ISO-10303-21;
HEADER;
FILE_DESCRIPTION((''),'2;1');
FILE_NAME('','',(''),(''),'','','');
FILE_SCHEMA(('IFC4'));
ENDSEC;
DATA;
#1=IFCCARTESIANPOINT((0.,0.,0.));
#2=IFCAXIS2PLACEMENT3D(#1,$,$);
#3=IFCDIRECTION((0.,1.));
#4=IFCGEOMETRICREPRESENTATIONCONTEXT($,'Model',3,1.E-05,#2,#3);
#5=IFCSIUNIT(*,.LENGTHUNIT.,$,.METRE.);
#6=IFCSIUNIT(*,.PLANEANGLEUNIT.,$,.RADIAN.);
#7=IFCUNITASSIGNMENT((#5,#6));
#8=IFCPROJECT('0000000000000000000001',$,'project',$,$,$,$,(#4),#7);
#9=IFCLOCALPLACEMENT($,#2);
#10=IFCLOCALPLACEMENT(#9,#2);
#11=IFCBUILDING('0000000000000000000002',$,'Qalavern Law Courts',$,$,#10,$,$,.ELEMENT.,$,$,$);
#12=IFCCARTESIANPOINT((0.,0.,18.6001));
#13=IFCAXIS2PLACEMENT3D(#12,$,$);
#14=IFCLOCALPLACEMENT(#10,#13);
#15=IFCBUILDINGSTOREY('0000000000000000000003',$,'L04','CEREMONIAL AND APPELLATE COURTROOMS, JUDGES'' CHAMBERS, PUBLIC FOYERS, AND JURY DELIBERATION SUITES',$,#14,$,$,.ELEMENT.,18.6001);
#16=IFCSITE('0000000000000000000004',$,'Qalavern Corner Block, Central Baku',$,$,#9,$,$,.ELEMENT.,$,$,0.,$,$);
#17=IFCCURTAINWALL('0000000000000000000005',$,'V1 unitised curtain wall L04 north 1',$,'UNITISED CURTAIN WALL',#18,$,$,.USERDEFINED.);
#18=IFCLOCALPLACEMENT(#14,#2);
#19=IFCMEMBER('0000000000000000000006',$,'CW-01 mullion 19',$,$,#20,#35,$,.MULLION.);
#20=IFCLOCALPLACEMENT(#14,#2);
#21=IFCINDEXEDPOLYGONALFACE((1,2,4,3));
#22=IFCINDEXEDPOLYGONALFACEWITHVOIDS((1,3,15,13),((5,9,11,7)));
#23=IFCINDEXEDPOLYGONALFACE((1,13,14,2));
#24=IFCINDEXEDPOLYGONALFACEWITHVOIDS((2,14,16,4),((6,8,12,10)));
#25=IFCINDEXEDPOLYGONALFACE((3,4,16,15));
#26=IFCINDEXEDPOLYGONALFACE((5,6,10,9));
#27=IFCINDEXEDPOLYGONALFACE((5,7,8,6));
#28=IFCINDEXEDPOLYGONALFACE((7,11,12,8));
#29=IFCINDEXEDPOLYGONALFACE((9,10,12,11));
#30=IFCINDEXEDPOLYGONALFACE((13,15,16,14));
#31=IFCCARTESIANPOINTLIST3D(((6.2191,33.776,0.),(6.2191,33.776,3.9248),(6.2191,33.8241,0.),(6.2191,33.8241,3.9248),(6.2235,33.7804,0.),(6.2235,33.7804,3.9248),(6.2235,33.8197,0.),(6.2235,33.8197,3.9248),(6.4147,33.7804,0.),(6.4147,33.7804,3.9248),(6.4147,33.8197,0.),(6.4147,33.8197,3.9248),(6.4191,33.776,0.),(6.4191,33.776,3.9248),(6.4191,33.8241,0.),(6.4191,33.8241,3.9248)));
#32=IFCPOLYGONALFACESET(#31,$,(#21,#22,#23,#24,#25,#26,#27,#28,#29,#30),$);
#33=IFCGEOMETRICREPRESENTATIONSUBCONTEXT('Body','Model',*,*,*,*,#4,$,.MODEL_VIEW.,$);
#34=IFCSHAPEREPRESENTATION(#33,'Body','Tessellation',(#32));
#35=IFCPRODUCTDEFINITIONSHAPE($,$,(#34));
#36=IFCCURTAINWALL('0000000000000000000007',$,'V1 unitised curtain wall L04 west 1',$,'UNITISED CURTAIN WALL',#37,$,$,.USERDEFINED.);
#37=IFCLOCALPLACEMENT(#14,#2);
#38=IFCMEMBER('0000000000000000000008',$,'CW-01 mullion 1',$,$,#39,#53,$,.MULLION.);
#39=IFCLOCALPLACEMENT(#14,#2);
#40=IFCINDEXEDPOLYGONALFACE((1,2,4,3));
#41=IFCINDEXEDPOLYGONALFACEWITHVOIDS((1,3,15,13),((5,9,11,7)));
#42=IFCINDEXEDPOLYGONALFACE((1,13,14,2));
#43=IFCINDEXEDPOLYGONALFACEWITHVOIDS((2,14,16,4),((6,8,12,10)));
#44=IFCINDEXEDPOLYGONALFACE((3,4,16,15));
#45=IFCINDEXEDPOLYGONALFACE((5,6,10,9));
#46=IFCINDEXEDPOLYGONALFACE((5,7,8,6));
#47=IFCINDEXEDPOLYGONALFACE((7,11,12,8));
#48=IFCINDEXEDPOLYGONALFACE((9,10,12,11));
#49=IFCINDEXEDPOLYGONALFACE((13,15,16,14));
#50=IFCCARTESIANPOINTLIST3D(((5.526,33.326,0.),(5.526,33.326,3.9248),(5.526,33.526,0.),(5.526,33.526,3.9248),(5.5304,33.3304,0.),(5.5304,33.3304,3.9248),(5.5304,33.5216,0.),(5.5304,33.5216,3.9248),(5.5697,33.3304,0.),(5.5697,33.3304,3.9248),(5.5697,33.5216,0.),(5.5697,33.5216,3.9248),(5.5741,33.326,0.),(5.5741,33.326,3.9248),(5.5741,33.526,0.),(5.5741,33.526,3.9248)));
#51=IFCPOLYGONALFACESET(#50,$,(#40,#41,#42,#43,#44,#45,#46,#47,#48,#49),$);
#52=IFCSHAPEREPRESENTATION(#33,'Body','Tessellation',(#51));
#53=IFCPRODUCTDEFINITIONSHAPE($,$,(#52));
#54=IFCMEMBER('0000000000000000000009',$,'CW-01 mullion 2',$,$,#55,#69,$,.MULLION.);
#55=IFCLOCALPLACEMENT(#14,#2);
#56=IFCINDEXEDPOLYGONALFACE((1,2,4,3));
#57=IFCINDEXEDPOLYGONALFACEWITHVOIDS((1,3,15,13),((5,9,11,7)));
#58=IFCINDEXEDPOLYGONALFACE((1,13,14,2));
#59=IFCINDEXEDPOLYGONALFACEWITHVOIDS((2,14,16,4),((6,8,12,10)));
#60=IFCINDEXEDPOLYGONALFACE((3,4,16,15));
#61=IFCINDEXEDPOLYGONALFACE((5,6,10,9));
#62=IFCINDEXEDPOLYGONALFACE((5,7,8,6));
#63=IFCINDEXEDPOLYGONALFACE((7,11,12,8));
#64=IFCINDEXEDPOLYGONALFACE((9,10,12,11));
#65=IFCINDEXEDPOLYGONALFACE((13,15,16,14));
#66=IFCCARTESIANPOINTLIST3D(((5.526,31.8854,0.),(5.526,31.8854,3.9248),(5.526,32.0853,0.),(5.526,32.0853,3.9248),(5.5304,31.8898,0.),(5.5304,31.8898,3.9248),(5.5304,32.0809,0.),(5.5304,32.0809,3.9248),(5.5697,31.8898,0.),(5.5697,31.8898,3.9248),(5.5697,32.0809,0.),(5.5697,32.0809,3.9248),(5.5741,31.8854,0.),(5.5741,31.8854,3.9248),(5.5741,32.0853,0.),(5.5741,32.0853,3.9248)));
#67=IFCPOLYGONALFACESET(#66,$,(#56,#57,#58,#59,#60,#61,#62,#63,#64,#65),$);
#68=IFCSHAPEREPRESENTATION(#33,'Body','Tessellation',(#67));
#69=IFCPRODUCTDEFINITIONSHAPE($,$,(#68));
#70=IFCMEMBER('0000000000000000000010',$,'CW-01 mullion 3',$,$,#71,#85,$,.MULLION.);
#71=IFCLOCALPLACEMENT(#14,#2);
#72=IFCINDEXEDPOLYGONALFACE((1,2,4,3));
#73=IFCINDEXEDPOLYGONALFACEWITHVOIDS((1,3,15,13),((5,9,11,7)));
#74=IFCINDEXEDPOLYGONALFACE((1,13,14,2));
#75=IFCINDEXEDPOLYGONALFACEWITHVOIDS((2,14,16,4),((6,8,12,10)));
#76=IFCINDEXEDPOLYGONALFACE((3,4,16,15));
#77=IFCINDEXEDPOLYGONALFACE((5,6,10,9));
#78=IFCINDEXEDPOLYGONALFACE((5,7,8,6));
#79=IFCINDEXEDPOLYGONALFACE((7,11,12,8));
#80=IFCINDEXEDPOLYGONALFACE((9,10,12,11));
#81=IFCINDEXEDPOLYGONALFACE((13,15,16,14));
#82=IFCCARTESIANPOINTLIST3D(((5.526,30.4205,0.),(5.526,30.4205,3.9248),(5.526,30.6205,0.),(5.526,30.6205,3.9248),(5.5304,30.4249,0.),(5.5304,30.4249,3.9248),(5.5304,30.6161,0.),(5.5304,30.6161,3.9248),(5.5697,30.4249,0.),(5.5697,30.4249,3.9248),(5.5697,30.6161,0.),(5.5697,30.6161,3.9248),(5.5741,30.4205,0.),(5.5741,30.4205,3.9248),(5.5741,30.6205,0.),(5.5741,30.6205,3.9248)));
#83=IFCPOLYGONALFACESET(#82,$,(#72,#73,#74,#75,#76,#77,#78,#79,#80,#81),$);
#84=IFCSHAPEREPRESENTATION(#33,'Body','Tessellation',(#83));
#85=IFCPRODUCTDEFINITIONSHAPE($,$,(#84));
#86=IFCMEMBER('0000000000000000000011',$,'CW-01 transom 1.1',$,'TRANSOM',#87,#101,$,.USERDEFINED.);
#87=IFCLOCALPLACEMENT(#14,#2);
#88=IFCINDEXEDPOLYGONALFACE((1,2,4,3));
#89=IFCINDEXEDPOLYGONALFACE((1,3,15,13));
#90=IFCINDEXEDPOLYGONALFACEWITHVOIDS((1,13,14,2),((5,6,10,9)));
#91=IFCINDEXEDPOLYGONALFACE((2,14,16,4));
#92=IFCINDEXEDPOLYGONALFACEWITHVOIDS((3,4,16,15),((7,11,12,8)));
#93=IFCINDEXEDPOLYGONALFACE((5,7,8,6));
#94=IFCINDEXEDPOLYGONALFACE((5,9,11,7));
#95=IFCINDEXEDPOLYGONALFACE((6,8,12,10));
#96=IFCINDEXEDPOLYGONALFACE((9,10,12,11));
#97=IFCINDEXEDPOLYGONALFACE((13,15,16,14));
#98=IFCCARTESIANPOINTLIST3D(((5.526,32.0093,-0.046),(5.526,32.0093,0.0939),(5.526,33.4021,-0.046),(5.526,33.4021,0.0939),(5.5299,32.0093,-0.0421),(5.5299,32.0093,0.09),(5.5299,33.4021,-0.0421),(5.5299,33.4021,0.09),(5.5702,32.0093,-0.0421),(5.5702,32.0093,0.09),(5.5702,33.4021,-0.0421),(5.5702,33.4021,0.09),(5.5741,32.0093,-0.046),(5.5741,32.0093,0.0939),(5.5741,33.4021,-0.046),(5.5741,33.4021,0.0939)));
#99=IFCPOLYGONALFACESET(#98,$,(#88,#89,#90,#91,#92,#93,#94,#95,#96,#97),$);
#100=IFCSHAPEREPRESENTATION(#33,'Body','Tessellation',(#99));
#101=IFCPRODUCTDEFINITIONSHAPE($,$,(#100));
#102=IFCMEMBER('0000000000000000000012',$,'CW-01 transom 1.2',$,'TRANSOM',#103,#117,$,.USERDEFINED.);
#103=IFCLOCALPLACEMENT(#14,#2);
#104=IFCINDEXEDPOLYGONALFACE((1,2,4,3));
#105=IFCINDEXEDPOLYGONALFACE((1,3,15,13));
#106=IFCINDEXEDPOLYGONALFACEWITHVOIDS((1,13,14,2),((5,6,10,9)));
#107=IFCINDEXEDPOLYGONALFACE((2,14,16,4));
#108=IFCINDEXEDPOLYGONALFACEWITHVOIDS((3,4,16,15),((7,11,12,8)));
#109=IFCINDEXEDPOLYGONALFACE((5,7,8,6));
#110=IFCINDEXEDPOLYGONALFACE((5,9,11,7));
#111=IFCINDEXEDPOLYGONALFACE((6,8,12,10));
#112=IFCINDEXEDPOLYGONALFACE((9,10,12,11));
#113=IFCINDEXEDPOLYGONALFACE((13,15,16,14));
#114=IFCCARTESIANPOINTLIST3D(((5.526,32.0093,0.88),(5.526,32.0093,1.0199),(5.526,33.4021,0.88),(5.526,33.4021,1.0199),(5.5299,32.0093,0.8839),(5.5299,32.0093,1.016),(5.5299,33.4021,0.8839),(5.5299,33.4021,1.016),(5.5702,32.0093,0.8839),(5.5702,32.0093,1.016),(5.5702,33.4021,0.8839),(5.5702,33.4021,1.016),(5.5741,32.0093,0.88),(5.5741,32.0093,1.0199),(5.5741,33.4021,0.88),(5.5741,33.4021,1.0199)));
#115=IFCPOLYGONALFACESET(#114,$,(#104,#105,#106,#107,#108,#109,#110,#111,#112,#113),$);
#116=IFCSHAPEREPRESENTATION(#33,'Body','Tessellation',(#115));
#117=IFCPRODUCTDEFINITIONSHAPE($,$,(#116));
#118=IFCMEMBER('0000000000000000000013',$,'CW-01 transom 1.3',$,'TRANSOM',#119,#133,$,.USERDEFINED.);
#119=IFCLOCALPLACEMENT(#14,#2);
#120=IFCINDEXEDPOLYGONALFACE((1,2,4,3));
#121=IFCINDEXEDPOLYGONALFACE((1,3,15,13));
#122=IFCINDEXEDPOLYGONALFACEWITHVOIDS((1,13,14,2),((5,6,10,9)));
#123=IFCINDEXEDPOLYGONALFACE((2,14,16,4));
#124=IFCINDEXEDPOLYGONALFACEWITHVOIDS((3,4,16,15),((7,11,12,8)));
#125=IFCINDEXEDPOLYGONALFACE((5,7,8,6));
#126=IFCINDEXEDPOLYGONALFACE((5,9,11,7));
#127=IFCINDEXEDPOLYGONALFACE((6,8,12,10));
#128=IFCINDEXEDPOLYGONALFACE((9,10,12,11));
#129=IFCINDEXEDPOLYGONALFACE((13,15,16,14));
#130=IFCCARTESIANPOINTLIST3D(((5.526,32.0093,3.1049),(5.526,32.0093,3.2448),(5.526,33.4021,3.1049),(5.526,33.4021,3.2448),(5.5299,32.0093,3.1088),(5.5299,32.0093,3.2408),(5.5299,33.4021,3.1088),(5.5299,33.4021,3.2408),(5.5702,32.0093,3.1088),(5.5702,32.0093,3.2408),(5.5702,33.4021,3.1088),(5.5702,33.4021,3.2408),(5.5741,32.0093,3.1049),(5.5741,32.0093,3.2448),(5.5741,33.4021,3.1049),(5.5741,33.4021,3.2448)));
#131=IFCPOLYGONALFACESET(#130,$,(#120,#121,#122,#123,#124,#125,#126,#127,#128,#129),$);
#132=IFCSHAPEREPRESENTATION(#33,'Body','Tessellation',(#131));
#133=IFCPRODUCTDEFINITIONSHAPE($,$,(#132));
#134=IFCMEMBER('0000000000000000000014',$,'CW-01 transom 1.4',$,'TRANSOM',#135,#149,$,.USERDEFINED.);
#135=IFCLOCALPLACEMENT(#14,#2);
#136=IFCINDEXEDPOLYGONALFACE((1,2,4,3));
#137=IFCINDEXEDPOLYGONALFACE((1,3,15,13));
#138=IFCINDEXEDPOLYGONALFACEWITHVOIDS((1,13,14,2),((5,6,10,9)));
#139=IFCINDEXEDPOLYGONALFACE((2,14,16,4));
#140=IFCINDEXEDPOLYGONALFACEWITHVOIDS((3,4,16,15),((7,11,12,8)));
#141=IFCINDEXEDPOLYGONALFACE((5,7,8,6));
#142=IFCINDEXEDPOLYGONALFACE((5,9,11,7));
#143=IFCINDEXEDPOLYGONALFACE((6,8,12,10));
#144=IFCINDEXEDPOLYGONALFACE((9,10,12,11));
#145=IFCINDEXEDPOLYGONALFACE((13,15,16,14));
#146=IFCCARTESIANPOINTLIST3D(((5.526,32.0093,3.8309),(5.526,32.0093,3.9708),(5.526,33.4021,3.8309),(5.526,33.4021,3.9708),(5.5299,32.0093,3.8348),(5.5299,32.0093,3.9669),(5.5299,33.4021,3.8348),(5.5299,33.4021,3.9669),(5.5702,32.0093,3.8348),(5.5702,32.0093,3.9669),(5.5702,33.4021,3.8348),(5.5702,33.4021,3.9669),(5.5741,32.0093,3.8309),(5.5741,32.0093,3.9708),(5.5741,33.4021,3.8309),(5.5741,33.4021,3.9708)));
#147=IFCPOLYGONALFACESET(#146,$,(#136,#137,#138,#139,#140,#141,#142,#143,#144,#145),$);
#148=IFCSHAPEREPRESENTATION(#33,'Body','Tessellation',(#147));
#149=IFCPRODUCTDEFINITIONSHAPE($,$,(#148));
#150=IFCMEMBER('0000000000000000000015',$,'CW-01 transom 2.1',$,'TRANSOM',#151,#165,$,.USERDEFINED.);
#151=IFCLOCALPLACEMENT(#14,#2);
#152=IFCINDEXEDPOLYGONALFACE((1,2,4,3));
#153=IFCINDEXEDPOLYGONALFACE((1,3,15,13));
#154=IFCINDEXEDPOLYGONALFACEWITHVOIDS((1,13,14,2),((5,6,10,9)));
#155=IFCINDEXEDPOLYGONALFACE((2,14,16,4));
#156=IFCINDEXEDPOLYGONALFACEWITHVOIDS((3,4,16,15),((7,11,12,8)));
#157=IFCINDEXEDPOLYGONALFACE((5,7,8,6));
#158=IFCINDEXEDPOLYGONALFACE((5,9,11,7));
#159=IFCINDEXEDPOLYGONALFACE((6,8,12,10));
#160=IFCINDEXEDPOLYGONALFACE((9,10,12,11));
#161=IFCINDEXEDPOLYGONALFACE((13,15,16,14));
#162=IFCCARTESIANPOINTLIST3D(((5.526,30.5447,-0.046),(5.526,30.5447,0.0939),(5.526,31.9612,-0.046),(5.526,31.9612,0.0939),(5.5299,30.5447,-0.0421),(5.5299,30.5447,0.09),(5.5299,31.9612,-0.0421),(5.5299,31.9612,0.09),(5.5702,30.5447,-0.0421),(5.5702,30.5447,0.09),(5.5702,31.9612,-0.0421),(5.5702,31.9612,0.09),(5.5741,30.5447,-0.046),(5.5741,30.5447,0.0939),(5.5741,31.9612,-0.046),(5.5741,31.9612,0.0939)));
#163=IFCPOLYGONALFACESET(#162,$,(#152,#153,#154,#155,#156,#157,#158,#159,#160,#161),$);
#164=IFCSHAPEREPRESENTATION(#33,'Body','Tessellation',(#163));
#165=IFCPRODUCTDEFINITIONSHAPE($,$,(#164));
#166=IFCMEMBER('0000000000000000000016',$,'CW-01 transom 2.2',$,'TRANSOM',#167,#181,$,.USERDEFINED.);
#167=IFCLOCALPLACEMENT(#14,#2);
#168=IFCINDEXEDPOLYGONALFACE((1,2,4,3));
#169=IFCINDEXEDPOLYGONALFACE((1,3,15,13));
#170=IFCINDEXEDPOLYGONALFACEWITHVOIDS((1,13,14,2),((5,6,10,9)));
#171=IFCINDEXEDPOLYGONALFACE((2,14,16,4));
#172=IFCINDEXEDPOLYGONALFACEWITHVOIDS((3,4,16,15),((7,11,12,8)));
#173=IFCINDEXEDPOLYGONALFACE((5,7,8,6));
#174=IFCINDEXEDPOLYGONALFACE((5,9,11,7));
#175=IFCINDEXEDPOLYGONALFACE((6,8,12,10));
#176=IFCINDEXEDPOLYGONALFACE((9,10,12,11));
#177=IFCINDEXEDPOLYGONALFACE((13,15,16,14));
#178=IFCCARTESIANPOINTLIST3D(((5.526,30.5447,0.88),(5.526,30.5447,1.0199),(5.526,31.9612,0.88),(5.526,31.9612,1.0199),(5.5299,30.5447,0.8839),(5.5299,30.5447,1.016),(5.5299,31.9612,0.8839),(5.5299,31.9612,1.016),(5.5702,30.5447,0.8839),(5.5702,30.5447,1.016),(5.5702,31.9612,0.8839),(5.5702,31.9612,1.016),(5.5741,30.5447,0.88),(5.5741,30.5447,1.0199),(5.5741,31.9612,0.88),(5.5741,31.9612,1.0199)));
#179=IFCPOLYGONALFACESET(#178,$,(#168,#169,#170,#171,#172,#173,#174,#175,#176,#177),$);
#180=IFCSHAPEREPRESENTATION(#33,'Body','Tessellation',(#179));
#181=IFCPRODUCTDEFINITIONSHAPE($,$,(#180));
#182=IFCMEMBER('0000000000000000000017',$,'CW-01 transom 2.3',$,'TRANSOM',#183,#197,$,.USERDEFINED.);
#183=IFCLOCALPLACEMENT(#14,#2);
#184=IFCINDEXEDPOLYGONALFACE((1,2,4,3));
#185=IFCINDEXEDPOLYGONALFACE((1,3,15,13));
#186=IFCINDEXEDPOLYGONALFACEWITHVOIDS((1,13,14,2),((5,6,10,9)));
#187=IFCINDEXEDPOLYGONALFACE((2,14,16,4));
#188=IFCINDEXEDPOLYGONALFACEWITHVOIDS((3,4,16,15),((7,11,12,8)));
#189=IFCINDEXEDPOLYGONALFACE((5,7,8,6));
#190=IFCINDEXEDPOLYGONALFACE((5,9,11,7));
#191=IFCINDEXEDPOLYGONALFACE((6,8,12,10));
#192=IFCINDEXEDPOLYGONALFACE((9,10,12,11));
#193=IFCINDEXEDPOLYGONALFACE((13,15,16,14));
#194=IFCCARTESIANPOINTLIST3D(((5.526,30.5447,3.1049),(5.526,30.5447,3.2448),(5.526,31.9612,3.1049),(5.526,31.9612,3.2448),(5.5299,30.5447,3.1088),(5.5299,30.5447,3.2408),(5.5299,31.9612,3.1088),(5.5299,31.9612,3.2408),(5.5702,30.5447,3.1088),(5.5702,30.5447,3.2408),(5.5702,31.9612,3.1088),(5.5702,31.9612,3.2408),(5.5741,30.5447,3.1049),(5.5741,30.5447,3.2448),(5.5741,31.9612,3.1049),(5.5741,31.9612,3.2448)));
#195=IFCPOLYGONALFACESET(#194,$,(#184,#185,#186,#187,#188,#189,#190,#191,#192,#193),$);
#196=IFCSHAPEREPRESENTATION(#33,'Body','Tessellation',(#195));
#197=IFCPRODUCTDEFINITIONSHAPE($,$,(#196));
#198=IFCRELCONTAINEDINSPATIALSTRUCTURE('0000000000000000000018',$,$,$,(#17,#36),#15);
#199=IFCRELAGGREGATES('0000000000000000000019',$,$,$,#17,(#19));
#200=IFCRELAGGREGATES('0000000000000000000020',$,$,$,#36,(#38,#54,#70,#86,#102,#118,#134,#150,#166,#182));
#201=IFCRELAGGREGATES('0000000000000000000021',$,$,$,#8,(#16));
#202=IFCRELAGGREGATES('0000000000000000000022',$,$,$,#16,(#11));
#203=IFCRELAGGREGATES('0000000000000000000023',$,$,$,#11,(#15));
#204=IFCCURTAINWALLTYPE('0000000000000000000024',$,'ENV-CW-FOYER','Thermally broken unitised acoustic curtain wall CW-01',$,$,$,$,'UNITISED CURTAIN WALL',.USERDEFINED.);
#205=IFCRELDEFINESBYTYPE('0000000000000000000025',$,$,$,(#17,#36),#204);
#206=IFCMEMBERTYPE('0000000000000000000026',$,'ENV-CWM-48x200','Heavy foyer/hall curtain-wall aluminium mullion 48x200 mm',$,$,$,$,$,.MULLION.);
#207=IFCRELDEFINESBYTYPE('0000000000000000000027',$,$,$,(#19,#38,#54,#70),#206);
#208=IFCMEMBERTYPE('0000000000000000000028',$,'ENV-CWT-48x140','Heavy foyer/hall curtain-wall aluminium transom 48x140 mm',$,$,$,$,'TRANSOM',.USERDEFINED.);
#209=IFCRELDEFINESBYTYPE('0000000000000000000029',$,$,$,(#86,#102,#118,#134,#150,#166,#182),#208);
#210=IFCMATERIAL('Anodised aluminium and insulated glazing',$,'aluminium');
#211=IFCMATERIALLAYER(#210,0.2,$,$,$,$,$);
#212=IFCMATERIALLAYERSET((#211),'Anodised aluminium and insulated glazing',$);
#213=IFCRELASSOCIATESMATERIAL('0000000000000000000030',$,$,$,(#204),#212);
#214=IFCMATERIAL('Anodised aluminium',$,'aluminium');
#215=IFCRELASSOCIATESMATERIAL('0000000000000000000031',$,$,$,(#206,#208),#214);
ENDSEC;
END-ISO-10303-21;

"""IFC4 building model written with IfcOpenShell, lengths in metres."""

from ifc_helpers import new_model, si_unit, direction, frame, origin, origin_2d, place, context, subcontext, project, spatial, hollow_rectangle, extrude, material, layer, layer_set, material_profile, profile_set, type_object, element, aggregate, save


model = new_model("IFC4")

# Units and contexts
model_context = context("Model", 3, precision=1e-05, world=origin(), true_north=direction((0.0, 1.0)))
body_context = subcontext(model_context, "Body", "Model", "MODEL_VIEW")
ifc_project = project(units=[si_unit("LENGTHUNIT", "METRE"), si_unit("PLANEANGLEUNIT", "RADIAN")], contexts=[model_context])

# Site, building, storey
site_placement = place(None, origin())
site = spatial("IfcSite", under=ifc_project, at=site_placement, Name="Qalavern Corner Block, Central Baku", CompositionType="ELEMENT", RefElevation=0.0)
building_placement = place(site_placement, origin())
building = spatial("IfcBuilding", under=site, at=building_placement, Name="Qalavern Law Courts", CompositionType="ELEMENT")
storey_placement = place(building_placement, frame((0.0, 0.0, 18.6001)))
storey = spatial("IfcBuildingStorey", under=building, at=storey_placement, Name="L04", Description="CEREMONIAL AND APPELLATE COURTROOMS, JUDGES' CHAMBERS, PUBLIC FOYERS, AND JURY DELIBERATION SUITES", CompositionType="ELEMENT", Elevation=18.6001)

# Curtain wall, member
ifc_material_1 = material(Name="Anodised aluminium and insulated glazing", Category="aluminium")
ifc_layer_1 = layer(ifc_material_1, 0.2)
ifc_layer_set_1 = layer_set([ifc_layer_1], Name="Anodised aluminium and insulated glazing")
curtain_wall_type = type_object("IfcCurtainWallType", Name="ENV-CW-FOYER", Description="Thermally broken unitised acoustic curtain wall CW-01", ElementType="UNITISED CURTAIN WALL", PredefinedType="USERDEFINED", material=ifc_layer_set_1)
curtain_wall_1_placement = place(storey_placement, origin())
curtain_wall_1 = element("IfcCurtainWall", 1, at=curtain_wall_1_placement, inside=storey, type_object=curtain_wall_type, Name="V1 unitised curtain wall L04 north 1", ObjectType="UNITISED CURTAIN WALL", PredefinedType="USERDEFINED")
ifc_material_2 = material(Name="Anodised aluminium", Category="aluminium")
ifc_material_profile_1 = material_profile(ifc_material_2, hollow_rectangle(XDim=0.0481, YDim=0.2, WallThickness=0.0044, at=origin_2d()), Name="ALU MULLION 48x200")
ifc_profile_set_1 = profile_set([ifc_material_profile_1], Name="Anodised aluminium")
member_type_1 = type_object("IfcMemberType", Name="ENV-CWM-48x200", Description="Heavy foyer/hall curtain-wall aluminium mullion 48x200 mm", PredefinedType="MULLION", material=ifc_profile_set_1)
member_1_placement = place(storey_placement, frame((6.3191, 33.8, 0.0), z_axis=(0.0, 0.0, 1.0), x_axis=(0.0, -1.0, 0.0)))
member_1 = element("IfcMember", 2, at=member_1_placement, type_object=member_type_1, Name="CW-01 mullion 19", PredefinedType="MULLION", context=body_context, shape_type="SweptSolid", body=[
    extrude(hollow_rectangle(XDim=0.0481, YDim=0.2, WallThickness=0.0044, at=origin_2d()), origin(), (0.0, 0.0, 1.0), 3.9248),
])

# Curtain wall, members
curtain_wall_2_placement = place(storey_placement, origin())
curtain_wall_2 = element("IfcCurtainWall", 3, at=curtain_wall_2_placement, inside=storey, type_object=curtain_wall_type, Name="V1 unitised curtain wall L04 west 1", ObjectType="UNITISED CURTAIN WALL", PredefinedType="USERDEFINED")
member_2_placement = place(storey_placement, frame((5.55, 33.426, 0.0), z_axis=(0.0, 0.0, 1.0), x_axis=(1.0, 0.0, 0.0)))
member_2 = element("IfcMember", 4, at=member_2_placement, type_object=member_type_1, Name="CW-01 mullion 1", PredefinedType="MULLION", context=body_context, shape_type="SweptSolid", body=[
    extrude(hollow_rectangle(XDim=0.0481, YDim=0.2, WallThickness=0.0044, at=origin_2d()), origin(), (0.0, 0.0, 1.0), 3.9248),
])
member_3_placement = place(storey_placement, frame((5.55, 31.9854, 0.0), z_axis=(0.0, 0.0, 1.0), x_axis=(1.0, 0.0, 0.0)))
member_3 = element("IfcMember", 5, at=member_3_placement, type_object=member_type_1, Name="CW-01 mullion 2", PredefinedType="MULLION", context=body_context, shape_type="SweptSolid", body=[
    extrude(hollow_rectangle(XDim=0.0481, YDim=0.2, WallThickness=0.0044, at=origin_2d()), origin(), (0.0, 0.0, 1.0), 3.9248),
])
member_4_placement = place(storey_placement, frame((5.55, 30.5205, 0.0), z_axis=(0.0, 0.0, 1.0), x_axis=(1.0, 0.0, 0.0)))
member_4 = element("IfcMember", 6, at=member_4_placement, type_object=member_type_1, Name="CW-01 mullion 3", PredefinedType="MULLION", context=body_context, shape_type="SweptSolid", body=[
    extrude(hollow_rectangle(XDim=0.0481, YDim=0.2, WallThickness=0.0044, at=origin_2d()), origin(), (0.0, 0.0, 1.0), 3.9248),
])
ifc_material_profile_2 = material_profile(ifc_material_2, hollow_rectangle(XDim=0.0481, YDim=0.1399, WallThickness=0.0039, at=origin_2d()), Name="ALU TRANSOM 48x140")
ifc_profile_set_2 = profile_set([ifc_material_profile_2], Name="Anodised aluminium")
member_type_2 = type_object("IfcMemberType", Name="ENV-CWT-48x140", Description="Heavy foyer/hall curtain-wall aluminium transom 48x140 mm", ElementType="TRANSOM", PredefinedType="USERDEFINED", material=ifc_profile_set_2)
member_5_placement = place(storey_placement, frame((5.55, 33.4021, 0.0239), z_axis=(0.0, -1.0, 0.0), x_axis=(1.0, 0.0, 0.0)))
member_5 = element("IfcMember", 7, at=member_5_placement, type_object=member_type_2, Name="CW-01 transom 1.1", ObjectType="TRANSOM", PredefinedType="USERDEFINED", context=body_context, shape_type="SweptSolid", body=[
    extrude(hollow_rectangle(XDim=0.0481, YDim=0.1399, WallThickness=0.0039, at=origin_2d()), origin(), (0.0, 0.0, 1.0), 1.3928),
])
member_6_placement = place(storey_placement, frame((5.55, 33.4021, 0.95), z_axis=(0.0, -1.0, 0.0), x_axis=(1.0, 0.0, 0.0)))
member_6 = element("IfcMember", 8, at=member_6_placement, type_object=member_type_2, Name="CW-01 transom 1.2", ObjectType="TRANSOM", PredefinedType="USERDEFINED", context=body_context, shape_type="SweptSolid", body=[
    extrude(hollow_rectangle(XDim=0.0481, YDim=0.1399, WallThickness=0.0039, at=origin_2d()), origin(), (0.0, 0.0, 1.0), 1.3928),
])
member_7_placement = place(storey_placement, frame((5.55, 33.4021, 3.1748), z_axis=(0.0, -1.0, 0.0), x_axis=(1.0, 0.0, 0.0)))
member_7 = element("IfcMember", 9, at=member_7_placement, type_object=member_type_2, Name="CW-01 transom 1.3", ObjectType="TRANSOM", PredefinedType="USERDEFINED", context=body_context, shape_type="SweptSolid", body=[
    extrude(hollow_rectangle(XDim=0.0481, YDim=0.1399, WallThickness=0.0039, at=origin_2d()), origin(), (0.0, 0.0, 1.0), 1.3928),
])
member_8_placement = place(storey_placement, frame((5.55, 33.4021, 3.9009), z_axis=(0.0, -1.0, 0.0), x_axis=(1.0, 0.0, 0.0)))
member_8 = element("IfcMember", 10, at=member_8_placement, type_object=member_type_2, Name="CW-01 transom 1.4", ObjectType="TRANSOM", PredefinedType="USERDEFINED", context=body_context, shape_type="SweptSolid", body=[
    extrude(hollow_rectangle(XDim=0.0481, YDim=0.1399, WallThickness=0.0039, at=origin_2d()), origin(), (0.0, 0.0, 1.0), 1.3928),
])
member_9_placement = place(storey_placement, frame((5.55, 31.9612, 0.0239), z_axis=(0.0, -1.0, 0.0), x_axis=(1.0, 0.0, 0.0)))
member_9 = element("IfcMember", 11, at=member_9_placement, type_object=member_type_2, Name="CW-01 transom 2.1", ObjectType="TRANSOM", PredefinedType="USERDEFINED", context=body_context, shape_type="SweptSolid", body=[
    extrude(hollow_rectangle(XDim=0.0481, YDim=0.1399, WallThickness=0.0039, at=origin_2d()), origin(), (0.0, 0.0, 1.0), 1.4165),
])
member_10_placement = place(storey_placement, frame((5.55, 31.9612, 0.95), z_axis=(0.0, -1.0, 0.0), x_axis=(1.0, 0.0, 0.0)))
member_10 = element("IfcMember", 12, at=member_10_placement, type_object=member_type_2, Name="CW-01 transom 2.2", ObjectType="TRANSOM", PredefinedType="USERDEFINED", context=body_context, shape_type="SweptSolid", body=[
    extrude(hollow_rectangle(XDim=0.0481, YDim=0.1399, WallThickness=0.0039, at=origin_2d()), origin(), (0.0, 0.0, 1.0), 1.4165),
])
member_11_placement = place(storey_placement, frame((5.55, 31.9612, 3.1748), z_axis=(0.0, -1.0, 0.0), x_axis=(1.0, 0.0, 0.0)))
member_11 = element("IfcMember", 13, at=member_11_placement, type_object=member_type_2, Name="CW-01 transom 2.3", ObjectType="TRANSOM", PredefinedType="USERDEFINED", context=body_context, shape_type="SweptSolid", body=[
    extrude(hollow_rectangle(XDim=0.0481, YDim=0.1399, WallThickness=0.0039, at=origin_2d()), origin(), (0.0, 0.0, 1.0), 1.4165),
])

aggregate(curtain_wall_1, [member_1])
aggregate(curtain_wall_2, [member_2, member_3, member_4, member_5, member_6, member_7, member_8, member_9, member_10, member_11])

save(model, "model.ifc")
